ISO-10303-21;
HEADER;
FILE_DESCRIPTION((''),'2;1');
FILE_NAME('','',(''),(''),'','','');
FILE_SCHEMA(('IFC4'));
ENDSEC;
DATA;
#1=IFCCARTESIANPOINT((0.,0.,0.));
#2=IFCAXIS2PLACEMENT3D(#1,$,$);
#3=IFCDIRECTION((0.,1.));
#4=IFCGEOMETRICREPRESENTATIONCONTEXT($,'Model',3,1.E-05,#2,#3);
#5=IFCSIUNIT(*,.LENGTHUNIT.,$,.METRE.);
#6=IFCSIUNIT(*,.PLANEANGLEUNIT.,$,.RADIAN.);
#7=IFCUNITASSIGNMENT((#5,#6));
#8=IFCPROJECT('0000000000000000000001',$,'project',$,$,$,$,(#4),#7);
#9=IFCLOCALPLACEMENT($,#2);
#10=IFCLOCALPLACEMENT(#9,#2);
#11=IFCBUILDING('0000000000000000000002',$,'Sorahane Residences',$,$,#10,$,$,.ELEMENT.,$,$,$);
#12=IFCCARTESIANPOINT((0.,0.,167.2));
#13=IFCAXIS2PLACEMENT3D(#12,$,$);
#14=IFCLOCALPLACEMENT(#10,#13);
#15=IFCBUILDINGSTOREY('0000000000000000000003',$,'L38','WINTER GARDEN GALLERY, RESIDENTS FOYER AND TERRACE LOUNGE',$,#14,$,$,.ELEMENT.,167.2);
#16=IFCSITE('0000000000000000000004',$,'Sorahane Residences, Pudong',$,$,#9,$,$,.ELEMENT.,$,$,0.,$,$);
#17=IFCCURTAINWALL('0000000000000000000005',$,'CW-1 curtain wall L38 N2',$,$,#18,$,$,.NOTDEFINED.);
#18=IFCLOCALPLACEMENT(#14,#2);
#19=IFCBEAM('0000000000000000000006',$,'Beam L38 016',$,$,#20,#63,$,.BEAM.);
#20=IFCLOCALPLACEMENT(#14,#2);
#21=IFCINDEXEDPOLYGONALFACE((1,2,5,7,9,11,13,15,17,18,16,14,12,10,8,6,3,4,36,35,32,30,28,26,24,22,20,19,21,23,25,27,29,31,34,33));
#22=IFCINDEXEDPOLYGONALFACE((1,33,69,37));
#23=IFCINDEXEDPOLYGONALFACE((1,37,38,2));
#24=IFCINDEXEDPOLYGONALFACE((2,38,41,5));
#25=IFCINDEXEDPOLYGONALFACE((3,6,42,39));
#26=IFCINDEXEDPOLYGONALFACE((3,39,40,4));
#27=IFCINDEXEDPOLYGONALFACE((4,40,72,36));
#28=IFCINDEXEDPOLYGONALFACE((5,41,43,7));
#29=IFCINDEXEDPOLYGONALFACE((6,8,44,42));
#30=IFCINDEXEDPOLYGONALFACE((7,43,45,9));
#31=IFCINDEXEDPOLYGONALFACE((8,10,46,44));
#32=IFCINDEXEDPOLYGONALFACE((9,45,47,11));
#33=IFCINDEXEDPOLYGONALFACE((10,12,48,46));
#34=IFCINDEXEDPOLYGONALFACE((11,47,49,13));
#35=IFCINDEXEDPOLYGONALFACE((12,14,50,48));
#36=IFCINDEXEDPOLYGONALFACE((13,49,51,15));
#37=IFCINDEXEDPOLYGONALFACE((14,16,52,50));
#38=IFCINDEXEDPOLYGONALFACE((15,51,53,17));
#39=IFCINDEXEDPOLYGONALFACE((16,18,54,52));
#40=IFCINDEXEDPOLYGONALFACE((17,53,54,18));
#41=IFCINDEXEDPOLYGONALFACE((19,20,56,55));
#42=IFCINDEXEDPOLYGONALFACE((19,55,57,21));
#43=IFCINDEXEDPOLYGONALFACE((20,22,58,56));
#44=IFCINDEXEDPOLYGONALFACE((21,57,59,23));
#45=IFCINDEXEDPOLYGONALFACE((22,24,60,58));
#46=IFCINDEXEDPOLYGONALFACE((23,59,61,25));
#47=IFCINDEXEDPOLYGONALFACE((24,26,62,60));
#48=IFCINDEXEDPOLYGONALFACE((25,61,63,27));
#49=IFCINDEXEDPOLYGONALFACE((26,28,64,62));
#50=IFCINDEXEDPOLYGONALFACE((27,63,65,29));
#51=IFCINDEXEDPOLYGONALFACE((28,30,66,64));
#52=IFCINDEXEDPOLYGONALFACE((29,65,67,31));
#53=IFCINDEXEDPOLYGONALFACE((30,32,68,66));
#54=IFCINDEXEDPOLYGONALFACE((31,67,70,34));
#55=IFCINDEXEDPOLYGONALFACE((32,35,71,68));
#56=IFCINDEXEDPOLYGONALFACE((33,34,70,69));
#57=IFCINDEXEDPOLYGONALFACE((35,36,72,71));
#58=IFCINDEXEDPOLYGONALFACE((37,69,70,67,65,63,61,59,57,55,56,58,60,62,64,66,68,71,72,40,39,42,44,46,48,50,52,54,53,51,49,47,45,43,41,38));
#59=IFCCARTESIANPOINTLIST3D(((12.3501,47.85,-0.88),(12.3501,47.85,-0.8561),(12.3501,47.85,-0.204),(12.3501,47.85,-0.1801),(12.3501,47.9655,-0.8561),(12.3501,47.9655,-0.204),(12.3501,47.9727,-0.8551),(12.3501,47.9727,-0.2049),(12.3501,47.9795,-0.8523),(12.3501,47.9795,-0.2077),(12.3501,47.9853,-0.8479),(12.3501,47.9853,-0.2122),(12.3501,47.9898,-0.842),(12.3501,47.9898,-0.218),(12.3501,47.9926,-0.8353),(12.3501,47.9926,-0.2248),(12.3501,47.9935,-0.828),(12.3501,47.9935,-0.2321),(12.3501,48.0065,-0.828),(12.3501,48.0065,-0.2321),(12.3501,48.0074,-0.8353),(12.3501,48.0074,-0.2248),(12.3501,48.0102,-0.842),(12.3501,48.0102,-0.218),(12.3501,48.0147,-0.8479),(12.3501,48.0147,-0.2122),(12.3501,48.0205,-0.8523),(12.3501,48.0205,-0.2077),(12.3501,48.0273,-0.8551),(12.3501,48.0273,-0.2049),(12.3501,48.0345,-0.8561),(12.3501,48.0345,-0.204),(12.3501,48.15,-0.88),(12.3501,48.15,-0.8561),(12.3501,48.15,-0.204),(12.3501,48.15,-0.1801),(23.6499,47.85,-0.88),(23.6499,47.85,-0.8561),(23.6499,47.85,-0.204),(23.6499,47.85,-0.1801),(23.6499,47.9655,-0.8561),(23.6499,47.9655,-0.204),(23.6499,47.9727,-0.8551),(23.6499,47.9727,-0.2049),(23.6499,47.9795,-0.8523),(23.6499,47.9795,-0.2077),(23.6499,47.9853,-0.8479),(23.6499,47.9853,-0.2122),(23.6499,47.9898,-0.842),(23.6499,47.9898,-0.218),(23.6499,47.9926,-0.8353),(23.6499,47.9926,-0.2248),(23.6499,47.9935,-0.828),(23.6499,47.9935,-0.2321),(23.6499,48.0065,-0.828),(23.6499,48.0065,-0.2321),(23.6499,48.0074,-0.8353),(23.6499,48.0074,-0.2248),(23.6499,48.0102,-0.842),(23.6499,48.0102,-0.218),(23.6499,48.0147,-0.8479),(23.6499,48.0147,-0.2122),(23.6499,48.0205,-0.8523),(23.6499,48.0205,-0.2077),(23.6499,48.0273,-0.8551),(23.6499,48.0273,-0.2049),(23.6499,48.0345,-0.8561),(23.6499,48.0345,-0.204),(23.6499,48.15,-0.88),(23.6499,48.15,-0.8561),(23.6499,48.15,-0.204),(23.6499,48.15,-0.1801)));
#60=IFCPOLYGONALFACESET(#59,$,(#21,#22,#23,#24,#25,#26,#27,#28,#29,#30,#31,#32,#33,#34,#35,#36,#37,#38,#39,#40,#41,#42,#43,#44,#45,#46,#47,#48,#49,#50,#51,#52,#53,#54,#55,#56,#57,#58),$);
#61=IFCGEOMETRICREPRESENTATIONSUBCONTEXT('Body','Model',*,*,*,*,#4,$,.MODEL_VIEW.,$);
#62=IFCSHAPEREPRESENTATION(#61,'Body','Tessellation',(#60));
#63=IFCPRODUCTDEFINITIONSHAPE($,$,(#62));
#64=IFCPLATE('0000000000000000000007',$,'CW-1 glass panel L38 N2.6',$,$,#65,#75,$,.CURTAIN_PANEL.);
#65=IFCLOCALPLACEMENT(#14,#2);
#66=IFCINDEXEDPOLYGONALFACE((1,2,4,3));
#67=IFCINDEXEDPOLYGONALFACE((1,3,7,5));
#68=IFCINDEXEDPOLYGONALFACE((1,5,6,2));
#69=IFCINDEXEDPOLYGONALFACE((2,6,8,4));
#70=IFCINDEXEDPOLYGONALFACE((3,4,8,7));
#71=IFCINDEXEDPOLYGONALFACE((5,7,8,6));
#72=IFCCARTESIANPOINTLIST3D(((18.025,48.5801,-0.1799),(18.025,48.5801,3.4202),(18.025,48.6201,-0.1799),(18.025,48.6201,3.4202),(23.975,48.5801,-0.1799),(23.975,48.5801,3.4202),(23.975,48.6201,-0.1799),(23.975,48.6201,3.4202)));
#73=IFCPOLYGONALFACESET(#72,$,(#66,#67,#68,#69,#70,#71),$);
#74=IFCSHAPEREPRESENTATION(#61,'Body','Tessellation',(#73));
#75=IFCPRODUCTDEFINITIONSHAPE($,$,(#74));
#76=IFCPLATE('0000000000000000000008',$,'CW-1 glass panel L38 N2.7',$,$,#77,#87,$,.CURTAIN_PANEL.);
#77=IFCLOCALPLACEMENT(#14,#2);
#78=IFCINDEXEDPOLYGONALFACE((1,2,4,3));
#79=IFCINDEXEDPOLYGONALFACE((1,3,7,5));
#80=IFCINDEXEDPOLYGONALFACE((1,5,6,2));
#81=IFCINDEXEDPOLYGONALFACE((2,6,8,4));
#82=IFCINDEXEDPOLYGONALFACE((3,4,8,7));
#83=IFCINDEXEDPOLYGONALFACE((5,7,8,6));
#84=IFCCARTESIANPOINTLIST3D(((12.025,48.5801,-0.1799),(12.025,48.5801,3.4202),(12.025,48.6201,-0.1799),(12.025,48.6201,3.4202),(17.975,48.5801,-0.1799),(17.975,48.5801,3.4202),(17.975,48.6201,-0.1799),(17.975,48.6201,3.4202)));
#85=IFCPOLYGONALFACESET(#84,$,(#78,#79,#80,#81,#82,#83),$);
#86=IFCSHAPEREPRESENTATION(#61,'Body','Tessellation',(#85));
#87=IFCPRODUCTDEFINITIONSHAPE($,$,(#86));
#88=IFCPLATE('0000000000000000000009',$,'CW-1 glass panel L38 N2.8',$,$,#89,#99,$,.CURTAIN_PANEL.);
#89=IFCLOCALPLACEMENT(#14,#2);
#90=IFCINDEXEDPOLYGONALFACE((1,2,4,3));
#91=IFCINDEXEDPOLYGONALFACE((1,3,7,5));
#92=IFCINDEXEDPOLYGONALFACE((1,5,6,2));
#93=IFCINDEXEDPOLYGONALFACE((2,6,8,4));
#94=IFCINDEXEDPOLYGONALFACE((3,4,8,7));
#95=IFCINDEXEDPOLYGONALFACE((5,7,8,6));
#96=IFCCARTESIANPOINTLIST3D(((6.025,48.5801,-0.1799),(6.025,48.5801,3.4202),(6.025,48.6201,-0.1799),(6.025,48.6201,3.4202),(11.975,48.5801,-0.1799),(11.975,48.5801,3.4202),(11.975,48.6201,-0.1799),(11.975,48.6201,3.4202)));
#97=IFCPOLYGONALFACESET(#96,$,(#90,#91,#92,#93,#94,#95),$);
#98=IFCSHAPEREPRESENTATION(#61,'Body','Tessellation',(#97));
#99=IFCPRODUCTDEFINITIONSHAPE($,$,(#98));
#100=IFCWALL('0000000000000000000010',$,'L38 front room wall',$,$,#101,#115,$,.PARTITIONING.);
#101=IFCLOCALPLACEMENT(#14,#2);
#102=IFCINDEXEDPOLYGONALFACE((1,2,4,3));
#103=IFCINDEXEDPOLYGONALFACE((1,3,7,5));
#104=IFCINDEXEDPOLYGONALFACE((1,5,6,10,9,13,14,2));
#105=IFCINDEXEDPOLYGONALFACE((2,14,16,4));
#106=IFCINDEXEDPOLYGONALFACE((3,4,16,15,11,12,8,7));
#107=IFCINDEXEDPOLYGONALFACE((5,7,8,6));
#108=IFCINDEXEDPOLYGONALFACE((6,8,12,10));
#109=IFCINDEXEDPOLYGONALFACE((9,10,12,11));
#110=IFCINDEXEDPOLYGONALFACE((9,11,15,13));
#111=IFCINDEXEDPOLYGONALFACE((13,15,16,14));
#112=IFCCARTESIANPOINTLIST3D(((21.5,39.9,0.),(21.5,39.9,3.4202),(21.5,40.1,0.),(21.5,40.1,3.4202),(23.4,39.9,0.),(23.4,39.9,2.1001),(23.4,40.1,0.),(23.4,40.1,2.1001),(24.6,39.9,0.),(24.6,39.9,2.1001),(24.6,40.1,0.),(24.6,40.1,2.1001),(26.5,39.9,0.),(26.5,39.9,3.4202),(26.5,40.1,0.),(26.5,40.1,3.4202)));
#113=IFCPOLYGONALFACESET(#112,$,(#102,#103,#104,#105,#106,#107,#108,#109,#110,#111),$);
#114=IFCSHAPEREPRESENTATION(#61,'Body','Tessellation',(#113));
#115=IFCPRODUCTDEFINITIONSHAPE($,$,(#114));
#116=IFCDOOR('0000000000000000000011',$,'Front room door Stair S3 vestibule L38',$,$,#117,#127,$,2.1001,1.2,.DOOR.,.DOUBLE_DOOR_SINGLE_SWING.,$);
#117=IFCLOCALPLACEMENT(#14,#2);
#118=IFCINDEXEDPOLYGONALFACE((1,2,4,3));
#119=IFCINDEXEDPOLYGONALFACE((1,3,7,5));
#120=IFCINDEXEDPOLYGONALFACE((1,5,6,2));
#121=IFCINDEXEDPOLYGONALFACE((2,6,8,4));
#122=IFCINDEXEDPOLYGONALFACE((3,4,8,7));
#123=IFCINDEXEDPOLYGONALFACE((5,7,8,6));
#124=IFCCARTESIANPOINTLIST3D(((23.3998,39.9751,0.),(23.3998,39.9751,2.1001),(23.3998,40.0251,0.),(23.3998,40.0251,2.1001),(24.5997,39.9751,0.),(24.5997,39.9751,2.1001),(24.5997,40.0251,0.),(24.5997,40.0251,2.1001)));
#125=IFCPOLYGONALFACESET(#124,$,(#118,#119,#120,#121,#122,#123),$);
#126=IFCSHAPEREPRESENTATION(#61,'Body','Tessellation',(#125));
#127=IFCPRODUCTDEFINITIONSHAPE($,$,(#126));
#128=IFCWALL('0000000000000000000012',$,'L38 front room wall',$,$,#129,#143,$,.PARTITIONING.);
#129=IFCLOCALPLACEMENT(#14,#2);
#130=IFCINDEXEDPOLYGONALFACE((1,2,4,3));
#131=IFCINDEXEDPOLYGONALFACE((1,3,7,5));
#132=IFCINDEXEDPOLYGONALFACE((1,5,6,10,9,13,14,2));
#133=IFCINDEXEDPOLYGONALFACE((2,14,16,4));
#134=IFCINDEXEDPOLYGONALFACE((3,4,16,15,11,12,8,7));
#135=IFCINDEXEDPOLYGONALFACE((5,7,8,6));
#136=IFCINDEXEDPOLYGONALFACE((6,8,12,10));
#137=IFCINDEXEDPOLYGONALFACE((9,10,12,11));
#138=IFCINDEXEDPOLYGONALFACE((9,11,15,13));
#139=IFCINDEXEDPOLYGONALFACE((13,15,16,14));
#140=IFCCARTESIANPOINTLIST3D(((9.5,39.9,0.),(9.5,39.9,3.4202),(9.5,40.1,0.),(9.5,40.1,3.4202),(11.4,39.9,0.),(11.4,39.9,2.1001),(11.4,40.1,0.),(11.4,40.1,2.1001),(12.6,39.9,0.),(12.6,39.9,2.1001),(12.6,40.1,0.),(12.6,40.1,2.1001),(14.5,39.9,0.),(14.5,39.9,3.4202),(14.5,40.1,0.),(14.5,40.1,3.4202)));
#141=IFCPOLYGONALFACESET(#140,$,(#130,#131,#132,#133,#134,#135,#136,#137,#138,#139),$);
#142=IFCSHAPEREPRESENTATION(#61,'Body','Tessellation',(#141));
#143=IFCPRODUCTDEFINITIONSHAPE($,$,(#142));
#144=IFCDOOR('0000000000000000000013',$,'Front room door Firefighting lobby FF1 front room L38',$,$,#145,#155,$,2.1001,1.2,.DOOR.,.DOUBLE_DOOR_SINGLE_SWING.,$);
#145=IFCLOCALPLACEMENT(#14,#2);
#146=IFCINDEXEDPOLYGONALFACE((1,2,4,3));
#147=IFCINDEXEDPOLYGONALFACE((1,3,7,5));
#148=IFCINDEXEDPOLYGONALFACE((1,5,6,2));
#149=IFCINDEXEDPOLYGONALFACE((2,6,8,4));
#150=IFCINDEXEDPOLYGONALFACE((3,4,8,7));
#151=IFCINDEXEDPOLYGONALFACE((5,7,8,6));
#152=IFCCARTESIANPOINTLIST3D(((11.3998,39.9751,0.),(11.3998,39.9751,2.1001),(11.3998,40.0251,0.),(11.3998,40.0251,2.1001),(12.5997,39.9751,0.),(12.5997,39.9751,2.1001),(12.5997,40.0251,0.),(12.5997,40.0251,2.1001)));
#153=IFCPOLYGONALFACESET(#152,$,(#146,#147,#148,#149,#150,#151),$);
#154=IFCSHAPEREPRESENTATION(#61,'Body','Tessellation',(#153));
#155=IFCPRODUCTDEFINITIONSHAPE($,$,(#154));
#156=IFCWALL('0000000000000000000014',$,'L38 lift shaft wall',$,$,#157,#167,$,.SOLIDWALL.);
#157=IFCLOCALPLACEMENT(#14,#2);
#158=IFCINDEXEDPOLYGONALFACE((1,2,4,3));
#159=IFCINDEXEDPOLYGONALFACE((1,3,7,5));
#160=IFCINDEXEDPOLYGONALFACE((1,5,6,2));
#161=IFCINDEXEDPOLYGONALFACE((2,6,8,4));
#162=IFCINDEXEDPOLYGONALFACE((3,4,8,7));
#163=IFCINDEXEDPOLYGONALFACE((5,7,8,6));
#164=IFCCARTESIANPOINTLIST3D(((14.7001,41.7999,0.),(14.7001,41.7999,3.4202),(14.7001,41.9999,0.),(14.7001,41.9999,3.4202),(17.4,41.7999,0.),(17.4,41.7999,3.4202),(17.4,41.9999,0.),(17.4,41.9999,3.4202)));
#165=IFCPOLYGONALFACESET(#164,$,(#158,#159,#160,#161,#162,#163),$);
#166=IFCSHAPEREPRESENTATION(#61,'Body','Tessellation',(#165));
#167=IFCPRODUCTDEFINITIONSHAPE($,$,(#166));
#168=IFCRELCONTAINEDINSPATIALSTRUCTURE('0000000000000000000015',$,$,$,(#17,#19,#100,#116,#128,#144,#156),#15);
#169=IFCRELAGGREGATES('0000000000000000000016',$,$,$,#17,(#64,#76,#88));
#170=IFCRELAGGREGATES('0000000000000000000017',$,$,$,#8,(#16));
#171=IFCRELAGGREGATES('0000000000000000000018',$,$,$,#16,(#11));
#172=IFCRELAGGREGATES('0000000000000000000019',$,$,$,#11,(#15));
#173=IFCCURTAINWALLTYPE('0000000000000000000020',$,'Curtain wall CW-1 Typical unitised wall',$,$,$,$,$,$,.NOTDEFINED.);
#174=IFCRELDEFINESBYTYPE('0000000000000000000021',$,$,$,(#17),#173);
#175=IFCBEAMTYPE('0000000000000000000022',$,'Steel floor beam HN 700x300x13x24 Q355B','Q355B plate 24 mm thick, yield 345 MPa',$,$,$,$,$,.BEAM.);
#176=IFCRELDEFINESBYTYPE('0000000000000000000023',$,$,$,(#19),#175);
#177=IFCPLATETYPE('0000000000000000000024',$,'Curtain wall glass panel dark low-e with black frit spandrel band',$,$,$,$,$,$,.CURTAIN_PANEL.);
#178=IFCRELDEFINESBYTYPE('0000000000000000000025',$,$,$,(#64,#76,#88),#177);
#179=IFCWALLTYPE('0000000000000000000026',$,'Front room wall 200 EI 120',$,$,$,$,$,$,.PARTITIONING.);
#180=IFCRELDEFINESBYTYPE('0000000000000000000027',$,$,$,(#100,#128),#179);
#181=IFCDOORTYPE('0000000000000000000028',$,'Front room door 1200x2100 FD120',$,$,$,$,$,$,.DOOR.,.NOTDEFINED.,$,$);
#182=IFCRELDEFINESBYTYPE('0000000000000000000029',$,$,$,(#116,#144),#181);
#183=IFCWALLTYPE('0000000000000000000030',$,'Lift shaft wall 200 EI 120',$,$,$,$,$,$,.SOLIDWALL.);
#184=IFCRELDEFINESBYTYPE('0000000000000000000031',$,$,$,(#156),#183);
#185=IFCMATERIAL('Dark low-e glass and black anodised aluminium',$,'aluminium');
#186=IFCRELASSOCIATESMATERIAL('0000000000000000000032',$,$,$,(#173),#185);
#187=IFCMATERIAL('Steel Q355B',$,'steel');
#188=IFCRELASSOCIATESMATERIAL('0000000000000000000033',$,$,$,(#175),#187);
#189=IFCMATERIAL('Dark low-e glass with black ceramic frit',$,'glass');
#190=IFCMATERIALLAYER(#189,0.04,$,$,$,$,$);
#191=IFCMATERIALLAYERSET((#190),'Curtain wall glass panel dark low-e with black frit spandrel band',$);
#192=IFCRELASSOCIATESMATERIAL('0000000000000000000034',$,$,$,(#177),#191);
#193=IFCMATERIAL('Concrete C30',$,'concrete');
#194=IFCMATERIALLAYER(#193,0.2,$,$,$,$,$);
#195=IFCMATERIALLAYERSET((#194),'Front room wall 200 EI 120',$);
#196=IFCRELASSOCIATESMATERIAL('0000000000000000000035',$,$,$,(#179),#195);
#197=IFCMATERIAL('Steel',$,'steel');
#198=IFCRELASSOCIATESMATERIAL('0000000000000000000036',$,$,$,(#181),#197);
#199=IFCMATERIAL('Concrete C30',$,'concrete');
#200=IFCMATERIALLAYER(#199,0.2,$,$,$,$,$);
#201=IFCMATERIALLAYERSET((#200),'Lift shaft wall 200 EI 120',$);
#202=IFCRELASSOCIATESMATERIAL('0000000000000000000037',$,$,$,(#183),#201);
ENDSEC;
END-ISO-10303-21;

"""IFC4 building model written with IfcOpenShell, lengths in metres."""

from ifc_helpers import new_model, si_unit, direction, frame, frame_2d, origin, origin_2d, place, context, subcontext, project, spatial, rectangle, i_section, extrude, material, layer, layer_set, material_profile, profile_set, type_object, element, fill, aggregate, save


model = new_model("IFC4")

# Units and contexts
model_context = context("Model", 3, precision=1e-05, world=origin(), true_north=direction((0.0, 1.0)))
body_context = subcontext(model_context, "Body", "Model", "MODEL_VIEW")
ifc_project = project(units=[si_unit("LENGTHUNIT", "METRE"), si_unit("PLANEANGLEUNIT", "RADIAN")], contexts=[model_context])

# Site, building, storey
site_placement = place(None, origin())
site = spatial("IfcSite", under=ifc_project, at=site_placement, Name="Sorahane Residences, Pudong", CompositionType="ELEMENT", RefElevation=0.0)
building_placement = place(site_placement, origin())
building = spatial("IfcBuilding", under=site, at=building_placement, Name="Sorahane Residences", CompositionType="ELEMENT")
storey_placement = place(building_placement, frame((0.0, 0.0, 167.2)))
storey = spatial("IfcBuildingStorey", under=building, at=storey_placement, Name="L38", Description="WINTER GARDEN GALLERY, RESIDENTS FOYER AND TERRACE LOUNGE", CompositionType="ELEMENT", Elevation=167.2)

# Curtain wall
ifc_material_1 = material(Name="Dark low-e glass and black anodised aluminium", Category="aluminium")
curtain_wall_type = type_object("IfcCurtainWallType", Name="Curtain wall CW-1 Typical unitised wall", PredefinedType="NOTDEFINED", material=ifc_material_1)
curtain_wall_placement = place(storey_placement, origin())
curtain_wall = element("IfcCurtainWall", 1, at=curtain_wall_placement, inside=storey, type_object=curtain_wall_type, Name="CW-1 curtain wall L38 N2", PredefinedType="NOTDEFINED")

# Beam
ifc_material_2 = material(Name="Steel Q355B", Category="steel")
ifc_material_profile_1 = material_profile(ifc_material_2, i_section(OverallWidth=0.3, OverallDepth=0.7, WebThickness=0.0129, FlangeThickness=0.0239, FilletRadius=0.0281, at=origin_2d()), Name="HN 700x300x13x24")
ifc_profile_set_1 = profile_set([ifc_material_profile_1], Name="Steel Q355B")
beam_type_1 = type_object("IfcBeamType", Name="Steel floor beam HN 700x300x13x24 Q355B", Description="Q355B plate 24 mm thick, yield 345 MPa", PredefinedType="BEAM", material=ifc_profile_set_1)
beam_1_placement = place(storey_placement, frame((12.3501, 48.0, -0.53), z_axis=(1.0, 0.0, 0.0), x_axis=(0.0, 1.0, 0.0)))
element("IfcBeam", 2, at=beam_1_placement, inside=storey, type_object=beam_type_1, Name="Beam L38 016", PredefinedType="BEAM", context=body_context, shape_type="SweptSolid", body=[
    extrude(i_section(OverallWidth=0.3, OverallDepth=0.7, WebThickness=0.0129, FlangeThickness=0.0239, FilletRadius=0.0281, at=origin_2d()), origin(), (0.0, 0.0, 1.0), 11.2998),
])

# Plates
ifc_material_3 = material(Name="Dark low-e glass with black ceramic frit", Category="glass")
ifc_layer_1 = layer(ifc_material_3, 0.04)
ifc_layer_set_1 = layer_set([ifc_layer_1], Name="Curtain wall glass panel dark low-e with black frit spandrel band")
plate_type = type_object("IfcPlateType", Name="Curtain wall glass panel dark low-e with black frit spandrel band", PredefinedType="CURTAIN_PANEL", material=ifc_layer_set_1)
plate_1_placement = place(storey_placement, frame((21.0, 48.6001, -0.1799), z_axis=(0.0, 0.0, 1.0), x_axis=(-1.0, 0.0, 0.0)))
plate_1 = element("IfcPlate", 3, at=plate_1_placement, type_object=plate_type, Name="CW-1 glass panel L38 N2.6", PredefinedType="CURTAIN_PANEL", context=body_context, shape_type="SweptSolid", body=[
    extrude(rectangle(XDim=5.95, YDim=0.04, at=origin_2d()), origin(), (0.0, 0.0, 1.0), 3.6001),
])
plate_2_placement = place(storey_placement, frame((15.0, 48.6001, -0.1799), z_axis=(0.0, 0.0, 1.0), x_axis=(-1.0, 0.0, 0.0)))
plate_2 = element("IfcPlate", 4, at=plate_2_placement, type_object=plate_type, Name="CW-1 glass panel L38 N2.7", PredefinedType="CURTAIN_PANEL", context=body_context, shape_type="SweptSolid", body=[
    extrude(rectangle(XDim=5.95, YDim=0.04, at=origin_2d()), origin(), (0.0, 0.0, 1.0), 3.6001),
])
plate_3_placement = place(storey_placement, frame((9.0, 48.6001, -0.1799), z_axis=(0.0, 0.0, 1.0), x_axis=(-1.0, 0.0, 0.0)))
plate_3 = element("IfcPlate", 5, at=plate_3_placement, type_object=plate_type, Name="CW-1 glass panel L38 N2.8", PredefinedType="CURTAIN_PANEL", context=body_context, shape_type="SweptSolid", body=[
    extrude(rectangle(XDim=5.95, YDim=0.04, at=origin_2d()), origin(), (0.0, 0.0, 1.0), 3.6001),
])
aggregate(curtain_wall, [plate_1, plate_2, plate_3])

# Walls, openings, doors
ifc_material_4 = material(Name="Concrete C30", Category="concrete")
ifc_layer_2 = layer(ifc_material_4, 0.2)
ifc_layer_set_2 = layer_set([ifc_layer_2], Name="Front room wall 200 EI 120")
wall_type_1 = type_object("IfcWallType", Name="Front room wall 200 EI 120", PredefinedType="PARTITIONING", material=ifc_layer_set_2)
wall_1_placement = place(storey_placement, frame((21.5, 40.0, 0.0), z_axis=(0.0, 0.0, 1.0), x_axis=(1.0, 0.0, 0.0)))
wall_1 = element("IfcWall", 6, at=wall_1_placement, inside=storey, type_object=wall_type_1, Name="L38 front room wall", PredefinedType="PARTITIONING", context=body_context, shape_type="SweptSolid", body=[
    extrude(rectangle(XDim=5.0, YDim=0.2, at=frame_2d((2.5, 0.0))), origin(), (0.0, 0.0, 1.0), 3.4202),
])
opening_1_placement = place(wall_1_placement, frame((1.8999, 0.0, 0.0)))
opening_1 = element("IfcOpeningElement", 7, at=opening_1_placement, cuts=wall_1, PredefinedType="OPENING", context=body_context, shape_type="SweptSolid", body=[
    extrude(rectangle(XDim=1.2, YDim=2.1001, at=frame_2d((0.6001, 1.05))), frame((0.0, 0.1099, 0.0), z_axis=(0.0, -1.0, 0.0), x_axis=(1.0, 0.0, 0.0)), (0.0, 0.0, 1.0), 0.22),
])
ifc_material_5 = material(Name="Steel", Category="steel")
door_type = type_object("IfcDoorType", Name="Front room door 1200x2100 FD120", OperationType="NOTDEFINED", PredefinedType="DOOR", material=ifc_material_5)
door_1_placement = place(opening_1_placement, frame((1.2, 0.0, 0.0), z_axis=(0.0, 0.0, 1.0), x_axis=(-1.0, 0.0, 0.0)))
door_1 = element("IfcDoor", 8, at=door_1_placement, inside=storey, type_object=door_type, Name="Front room door Stair S3 vestibule L38", OperationType="DOUBLE_DOOR_SINGLE_SWING", OverallHeight=2.1001, OverallWidth=1.2, PredefinedType="DOOR", context=body_context, shape_type="SweptSolid", body=[
    extrude(rectangle(XDim=1.2, YDim=2.1001, at=frame_2d((0.6001, 1.05))), frame((0.0, 0.0249, 0.0), z_axis=(0.0, -1.0, 0.0), x_axis=(1.0, 0.0, 0.0)), (0.0, 0.0, 1.0), 0.05),
])
fill(opening_1, door_1)
wall_2_placement = place(storey_placement, frame((9.5, 40.0, 0.0), z_axis=(0.0, 0.0, 1.0), x_axis=(1.0, 0.0, 0.0)))
wall_2 = element("IfcWall", 9, at=wall_2_placement, inside=storey, type_object=wall_type_1, Name="L38 front room wall", PredefinedType="PARTITIONING", context=body_context, shape_type="SweptSolid", body=[
    extrude(rectangle(XDim=5.0, YDim=0.2, at=frame_2d((2.5, 0.0))), origin(), (0.0, 0.0, 1.0), 3.4202),
])
opening_2_placement = place(wall_2_placement, frame((1.8999, 0.0, 0.0)))
opening_2 = element("IfcOpeningElement", 10, at=opening_2_placement, cuts=wall_2, PredefinedType="OPENING", context=body_context, shape_type="SweptSolid", body=[
    extrude(rectangle(XDim=1.2, YDim=2.1001, at=frame_2d((0.6001, 1.05))), frame((0.0, 0.1099, 0.0), z_axis=(0.0, -1.0, 0.0), x_axis=(1.0, 0.0, 0.0)), (0.0, 0.0, 1.0), 0.22),
])
door_2_placement = place(opening_2_placement, frame((1.2, 0.0, 0.0), z_axis=(0.0, 0.0, 1.0), x_axis=(-1.0, 0.0, 0.0)))
door_2 = element("IfcDoor", 11, at=door_2_placement, inside=storey, type_object=door_type, Name="Front room door Firefighting lobby FF1 front room L38", OperationType="DOUBLE_DOOR_SINGLE_SWING", OverallHeight=2.1001, OverallWidth=1.2, PredefinedType="DOOR", context=body_context, shape_type="SweptSolid", body=[
    extrude(rectangle(XDim=1.2, YDim=2.1001, at=frame_2d((0.6001, 1.05))), frame((0.0, 0.0249, 0.0), z_axis=(0.0, -1.0, 0.0), x_axis=(1.0, 0.0, 0.0)), (0.0, 0.0, 1.0), 0.05),
])
fill(opening_2, door_2)

# Wall
ifc_material_6 = material(Name="Concrete C30", Category="concrete")
ifc_layer_3 = layer(ifc_material_6, 0.2)
ifc_layer_set_3 = layer_set([ifc_layer_3], Name="Lift shaft wall 200 EI 120")
wall_type_2 = type_object("IfcWallType", Name="Lift shaft wall 200 EI 120", PredefinedType="SOLIDWALL", material=ifc_layer_set_3)
wall_3_placement = place(storey_placement, frame((14.7, 41.8999, 0.0), z_axis=(0.0, 0.0, 1.0), x_axis=(1.0, 0.0, 0.0)))
element("IfcWall", 12, at=wall_3_placement, inside=storey, type_object=wall_type_2, Name="L38 lift shaft wall", PredefinedType="SOLIDWALL", context=body_context, shape_type="SweptSolid", body=[
    extrude(rectangle(XDim=2.7, YDim=0.2, at=frame_2d((1.3501, 0.0))), origin(), (0.0, 0.0, 1.0), 3.4202),
])

save(model, "model.ifc")
